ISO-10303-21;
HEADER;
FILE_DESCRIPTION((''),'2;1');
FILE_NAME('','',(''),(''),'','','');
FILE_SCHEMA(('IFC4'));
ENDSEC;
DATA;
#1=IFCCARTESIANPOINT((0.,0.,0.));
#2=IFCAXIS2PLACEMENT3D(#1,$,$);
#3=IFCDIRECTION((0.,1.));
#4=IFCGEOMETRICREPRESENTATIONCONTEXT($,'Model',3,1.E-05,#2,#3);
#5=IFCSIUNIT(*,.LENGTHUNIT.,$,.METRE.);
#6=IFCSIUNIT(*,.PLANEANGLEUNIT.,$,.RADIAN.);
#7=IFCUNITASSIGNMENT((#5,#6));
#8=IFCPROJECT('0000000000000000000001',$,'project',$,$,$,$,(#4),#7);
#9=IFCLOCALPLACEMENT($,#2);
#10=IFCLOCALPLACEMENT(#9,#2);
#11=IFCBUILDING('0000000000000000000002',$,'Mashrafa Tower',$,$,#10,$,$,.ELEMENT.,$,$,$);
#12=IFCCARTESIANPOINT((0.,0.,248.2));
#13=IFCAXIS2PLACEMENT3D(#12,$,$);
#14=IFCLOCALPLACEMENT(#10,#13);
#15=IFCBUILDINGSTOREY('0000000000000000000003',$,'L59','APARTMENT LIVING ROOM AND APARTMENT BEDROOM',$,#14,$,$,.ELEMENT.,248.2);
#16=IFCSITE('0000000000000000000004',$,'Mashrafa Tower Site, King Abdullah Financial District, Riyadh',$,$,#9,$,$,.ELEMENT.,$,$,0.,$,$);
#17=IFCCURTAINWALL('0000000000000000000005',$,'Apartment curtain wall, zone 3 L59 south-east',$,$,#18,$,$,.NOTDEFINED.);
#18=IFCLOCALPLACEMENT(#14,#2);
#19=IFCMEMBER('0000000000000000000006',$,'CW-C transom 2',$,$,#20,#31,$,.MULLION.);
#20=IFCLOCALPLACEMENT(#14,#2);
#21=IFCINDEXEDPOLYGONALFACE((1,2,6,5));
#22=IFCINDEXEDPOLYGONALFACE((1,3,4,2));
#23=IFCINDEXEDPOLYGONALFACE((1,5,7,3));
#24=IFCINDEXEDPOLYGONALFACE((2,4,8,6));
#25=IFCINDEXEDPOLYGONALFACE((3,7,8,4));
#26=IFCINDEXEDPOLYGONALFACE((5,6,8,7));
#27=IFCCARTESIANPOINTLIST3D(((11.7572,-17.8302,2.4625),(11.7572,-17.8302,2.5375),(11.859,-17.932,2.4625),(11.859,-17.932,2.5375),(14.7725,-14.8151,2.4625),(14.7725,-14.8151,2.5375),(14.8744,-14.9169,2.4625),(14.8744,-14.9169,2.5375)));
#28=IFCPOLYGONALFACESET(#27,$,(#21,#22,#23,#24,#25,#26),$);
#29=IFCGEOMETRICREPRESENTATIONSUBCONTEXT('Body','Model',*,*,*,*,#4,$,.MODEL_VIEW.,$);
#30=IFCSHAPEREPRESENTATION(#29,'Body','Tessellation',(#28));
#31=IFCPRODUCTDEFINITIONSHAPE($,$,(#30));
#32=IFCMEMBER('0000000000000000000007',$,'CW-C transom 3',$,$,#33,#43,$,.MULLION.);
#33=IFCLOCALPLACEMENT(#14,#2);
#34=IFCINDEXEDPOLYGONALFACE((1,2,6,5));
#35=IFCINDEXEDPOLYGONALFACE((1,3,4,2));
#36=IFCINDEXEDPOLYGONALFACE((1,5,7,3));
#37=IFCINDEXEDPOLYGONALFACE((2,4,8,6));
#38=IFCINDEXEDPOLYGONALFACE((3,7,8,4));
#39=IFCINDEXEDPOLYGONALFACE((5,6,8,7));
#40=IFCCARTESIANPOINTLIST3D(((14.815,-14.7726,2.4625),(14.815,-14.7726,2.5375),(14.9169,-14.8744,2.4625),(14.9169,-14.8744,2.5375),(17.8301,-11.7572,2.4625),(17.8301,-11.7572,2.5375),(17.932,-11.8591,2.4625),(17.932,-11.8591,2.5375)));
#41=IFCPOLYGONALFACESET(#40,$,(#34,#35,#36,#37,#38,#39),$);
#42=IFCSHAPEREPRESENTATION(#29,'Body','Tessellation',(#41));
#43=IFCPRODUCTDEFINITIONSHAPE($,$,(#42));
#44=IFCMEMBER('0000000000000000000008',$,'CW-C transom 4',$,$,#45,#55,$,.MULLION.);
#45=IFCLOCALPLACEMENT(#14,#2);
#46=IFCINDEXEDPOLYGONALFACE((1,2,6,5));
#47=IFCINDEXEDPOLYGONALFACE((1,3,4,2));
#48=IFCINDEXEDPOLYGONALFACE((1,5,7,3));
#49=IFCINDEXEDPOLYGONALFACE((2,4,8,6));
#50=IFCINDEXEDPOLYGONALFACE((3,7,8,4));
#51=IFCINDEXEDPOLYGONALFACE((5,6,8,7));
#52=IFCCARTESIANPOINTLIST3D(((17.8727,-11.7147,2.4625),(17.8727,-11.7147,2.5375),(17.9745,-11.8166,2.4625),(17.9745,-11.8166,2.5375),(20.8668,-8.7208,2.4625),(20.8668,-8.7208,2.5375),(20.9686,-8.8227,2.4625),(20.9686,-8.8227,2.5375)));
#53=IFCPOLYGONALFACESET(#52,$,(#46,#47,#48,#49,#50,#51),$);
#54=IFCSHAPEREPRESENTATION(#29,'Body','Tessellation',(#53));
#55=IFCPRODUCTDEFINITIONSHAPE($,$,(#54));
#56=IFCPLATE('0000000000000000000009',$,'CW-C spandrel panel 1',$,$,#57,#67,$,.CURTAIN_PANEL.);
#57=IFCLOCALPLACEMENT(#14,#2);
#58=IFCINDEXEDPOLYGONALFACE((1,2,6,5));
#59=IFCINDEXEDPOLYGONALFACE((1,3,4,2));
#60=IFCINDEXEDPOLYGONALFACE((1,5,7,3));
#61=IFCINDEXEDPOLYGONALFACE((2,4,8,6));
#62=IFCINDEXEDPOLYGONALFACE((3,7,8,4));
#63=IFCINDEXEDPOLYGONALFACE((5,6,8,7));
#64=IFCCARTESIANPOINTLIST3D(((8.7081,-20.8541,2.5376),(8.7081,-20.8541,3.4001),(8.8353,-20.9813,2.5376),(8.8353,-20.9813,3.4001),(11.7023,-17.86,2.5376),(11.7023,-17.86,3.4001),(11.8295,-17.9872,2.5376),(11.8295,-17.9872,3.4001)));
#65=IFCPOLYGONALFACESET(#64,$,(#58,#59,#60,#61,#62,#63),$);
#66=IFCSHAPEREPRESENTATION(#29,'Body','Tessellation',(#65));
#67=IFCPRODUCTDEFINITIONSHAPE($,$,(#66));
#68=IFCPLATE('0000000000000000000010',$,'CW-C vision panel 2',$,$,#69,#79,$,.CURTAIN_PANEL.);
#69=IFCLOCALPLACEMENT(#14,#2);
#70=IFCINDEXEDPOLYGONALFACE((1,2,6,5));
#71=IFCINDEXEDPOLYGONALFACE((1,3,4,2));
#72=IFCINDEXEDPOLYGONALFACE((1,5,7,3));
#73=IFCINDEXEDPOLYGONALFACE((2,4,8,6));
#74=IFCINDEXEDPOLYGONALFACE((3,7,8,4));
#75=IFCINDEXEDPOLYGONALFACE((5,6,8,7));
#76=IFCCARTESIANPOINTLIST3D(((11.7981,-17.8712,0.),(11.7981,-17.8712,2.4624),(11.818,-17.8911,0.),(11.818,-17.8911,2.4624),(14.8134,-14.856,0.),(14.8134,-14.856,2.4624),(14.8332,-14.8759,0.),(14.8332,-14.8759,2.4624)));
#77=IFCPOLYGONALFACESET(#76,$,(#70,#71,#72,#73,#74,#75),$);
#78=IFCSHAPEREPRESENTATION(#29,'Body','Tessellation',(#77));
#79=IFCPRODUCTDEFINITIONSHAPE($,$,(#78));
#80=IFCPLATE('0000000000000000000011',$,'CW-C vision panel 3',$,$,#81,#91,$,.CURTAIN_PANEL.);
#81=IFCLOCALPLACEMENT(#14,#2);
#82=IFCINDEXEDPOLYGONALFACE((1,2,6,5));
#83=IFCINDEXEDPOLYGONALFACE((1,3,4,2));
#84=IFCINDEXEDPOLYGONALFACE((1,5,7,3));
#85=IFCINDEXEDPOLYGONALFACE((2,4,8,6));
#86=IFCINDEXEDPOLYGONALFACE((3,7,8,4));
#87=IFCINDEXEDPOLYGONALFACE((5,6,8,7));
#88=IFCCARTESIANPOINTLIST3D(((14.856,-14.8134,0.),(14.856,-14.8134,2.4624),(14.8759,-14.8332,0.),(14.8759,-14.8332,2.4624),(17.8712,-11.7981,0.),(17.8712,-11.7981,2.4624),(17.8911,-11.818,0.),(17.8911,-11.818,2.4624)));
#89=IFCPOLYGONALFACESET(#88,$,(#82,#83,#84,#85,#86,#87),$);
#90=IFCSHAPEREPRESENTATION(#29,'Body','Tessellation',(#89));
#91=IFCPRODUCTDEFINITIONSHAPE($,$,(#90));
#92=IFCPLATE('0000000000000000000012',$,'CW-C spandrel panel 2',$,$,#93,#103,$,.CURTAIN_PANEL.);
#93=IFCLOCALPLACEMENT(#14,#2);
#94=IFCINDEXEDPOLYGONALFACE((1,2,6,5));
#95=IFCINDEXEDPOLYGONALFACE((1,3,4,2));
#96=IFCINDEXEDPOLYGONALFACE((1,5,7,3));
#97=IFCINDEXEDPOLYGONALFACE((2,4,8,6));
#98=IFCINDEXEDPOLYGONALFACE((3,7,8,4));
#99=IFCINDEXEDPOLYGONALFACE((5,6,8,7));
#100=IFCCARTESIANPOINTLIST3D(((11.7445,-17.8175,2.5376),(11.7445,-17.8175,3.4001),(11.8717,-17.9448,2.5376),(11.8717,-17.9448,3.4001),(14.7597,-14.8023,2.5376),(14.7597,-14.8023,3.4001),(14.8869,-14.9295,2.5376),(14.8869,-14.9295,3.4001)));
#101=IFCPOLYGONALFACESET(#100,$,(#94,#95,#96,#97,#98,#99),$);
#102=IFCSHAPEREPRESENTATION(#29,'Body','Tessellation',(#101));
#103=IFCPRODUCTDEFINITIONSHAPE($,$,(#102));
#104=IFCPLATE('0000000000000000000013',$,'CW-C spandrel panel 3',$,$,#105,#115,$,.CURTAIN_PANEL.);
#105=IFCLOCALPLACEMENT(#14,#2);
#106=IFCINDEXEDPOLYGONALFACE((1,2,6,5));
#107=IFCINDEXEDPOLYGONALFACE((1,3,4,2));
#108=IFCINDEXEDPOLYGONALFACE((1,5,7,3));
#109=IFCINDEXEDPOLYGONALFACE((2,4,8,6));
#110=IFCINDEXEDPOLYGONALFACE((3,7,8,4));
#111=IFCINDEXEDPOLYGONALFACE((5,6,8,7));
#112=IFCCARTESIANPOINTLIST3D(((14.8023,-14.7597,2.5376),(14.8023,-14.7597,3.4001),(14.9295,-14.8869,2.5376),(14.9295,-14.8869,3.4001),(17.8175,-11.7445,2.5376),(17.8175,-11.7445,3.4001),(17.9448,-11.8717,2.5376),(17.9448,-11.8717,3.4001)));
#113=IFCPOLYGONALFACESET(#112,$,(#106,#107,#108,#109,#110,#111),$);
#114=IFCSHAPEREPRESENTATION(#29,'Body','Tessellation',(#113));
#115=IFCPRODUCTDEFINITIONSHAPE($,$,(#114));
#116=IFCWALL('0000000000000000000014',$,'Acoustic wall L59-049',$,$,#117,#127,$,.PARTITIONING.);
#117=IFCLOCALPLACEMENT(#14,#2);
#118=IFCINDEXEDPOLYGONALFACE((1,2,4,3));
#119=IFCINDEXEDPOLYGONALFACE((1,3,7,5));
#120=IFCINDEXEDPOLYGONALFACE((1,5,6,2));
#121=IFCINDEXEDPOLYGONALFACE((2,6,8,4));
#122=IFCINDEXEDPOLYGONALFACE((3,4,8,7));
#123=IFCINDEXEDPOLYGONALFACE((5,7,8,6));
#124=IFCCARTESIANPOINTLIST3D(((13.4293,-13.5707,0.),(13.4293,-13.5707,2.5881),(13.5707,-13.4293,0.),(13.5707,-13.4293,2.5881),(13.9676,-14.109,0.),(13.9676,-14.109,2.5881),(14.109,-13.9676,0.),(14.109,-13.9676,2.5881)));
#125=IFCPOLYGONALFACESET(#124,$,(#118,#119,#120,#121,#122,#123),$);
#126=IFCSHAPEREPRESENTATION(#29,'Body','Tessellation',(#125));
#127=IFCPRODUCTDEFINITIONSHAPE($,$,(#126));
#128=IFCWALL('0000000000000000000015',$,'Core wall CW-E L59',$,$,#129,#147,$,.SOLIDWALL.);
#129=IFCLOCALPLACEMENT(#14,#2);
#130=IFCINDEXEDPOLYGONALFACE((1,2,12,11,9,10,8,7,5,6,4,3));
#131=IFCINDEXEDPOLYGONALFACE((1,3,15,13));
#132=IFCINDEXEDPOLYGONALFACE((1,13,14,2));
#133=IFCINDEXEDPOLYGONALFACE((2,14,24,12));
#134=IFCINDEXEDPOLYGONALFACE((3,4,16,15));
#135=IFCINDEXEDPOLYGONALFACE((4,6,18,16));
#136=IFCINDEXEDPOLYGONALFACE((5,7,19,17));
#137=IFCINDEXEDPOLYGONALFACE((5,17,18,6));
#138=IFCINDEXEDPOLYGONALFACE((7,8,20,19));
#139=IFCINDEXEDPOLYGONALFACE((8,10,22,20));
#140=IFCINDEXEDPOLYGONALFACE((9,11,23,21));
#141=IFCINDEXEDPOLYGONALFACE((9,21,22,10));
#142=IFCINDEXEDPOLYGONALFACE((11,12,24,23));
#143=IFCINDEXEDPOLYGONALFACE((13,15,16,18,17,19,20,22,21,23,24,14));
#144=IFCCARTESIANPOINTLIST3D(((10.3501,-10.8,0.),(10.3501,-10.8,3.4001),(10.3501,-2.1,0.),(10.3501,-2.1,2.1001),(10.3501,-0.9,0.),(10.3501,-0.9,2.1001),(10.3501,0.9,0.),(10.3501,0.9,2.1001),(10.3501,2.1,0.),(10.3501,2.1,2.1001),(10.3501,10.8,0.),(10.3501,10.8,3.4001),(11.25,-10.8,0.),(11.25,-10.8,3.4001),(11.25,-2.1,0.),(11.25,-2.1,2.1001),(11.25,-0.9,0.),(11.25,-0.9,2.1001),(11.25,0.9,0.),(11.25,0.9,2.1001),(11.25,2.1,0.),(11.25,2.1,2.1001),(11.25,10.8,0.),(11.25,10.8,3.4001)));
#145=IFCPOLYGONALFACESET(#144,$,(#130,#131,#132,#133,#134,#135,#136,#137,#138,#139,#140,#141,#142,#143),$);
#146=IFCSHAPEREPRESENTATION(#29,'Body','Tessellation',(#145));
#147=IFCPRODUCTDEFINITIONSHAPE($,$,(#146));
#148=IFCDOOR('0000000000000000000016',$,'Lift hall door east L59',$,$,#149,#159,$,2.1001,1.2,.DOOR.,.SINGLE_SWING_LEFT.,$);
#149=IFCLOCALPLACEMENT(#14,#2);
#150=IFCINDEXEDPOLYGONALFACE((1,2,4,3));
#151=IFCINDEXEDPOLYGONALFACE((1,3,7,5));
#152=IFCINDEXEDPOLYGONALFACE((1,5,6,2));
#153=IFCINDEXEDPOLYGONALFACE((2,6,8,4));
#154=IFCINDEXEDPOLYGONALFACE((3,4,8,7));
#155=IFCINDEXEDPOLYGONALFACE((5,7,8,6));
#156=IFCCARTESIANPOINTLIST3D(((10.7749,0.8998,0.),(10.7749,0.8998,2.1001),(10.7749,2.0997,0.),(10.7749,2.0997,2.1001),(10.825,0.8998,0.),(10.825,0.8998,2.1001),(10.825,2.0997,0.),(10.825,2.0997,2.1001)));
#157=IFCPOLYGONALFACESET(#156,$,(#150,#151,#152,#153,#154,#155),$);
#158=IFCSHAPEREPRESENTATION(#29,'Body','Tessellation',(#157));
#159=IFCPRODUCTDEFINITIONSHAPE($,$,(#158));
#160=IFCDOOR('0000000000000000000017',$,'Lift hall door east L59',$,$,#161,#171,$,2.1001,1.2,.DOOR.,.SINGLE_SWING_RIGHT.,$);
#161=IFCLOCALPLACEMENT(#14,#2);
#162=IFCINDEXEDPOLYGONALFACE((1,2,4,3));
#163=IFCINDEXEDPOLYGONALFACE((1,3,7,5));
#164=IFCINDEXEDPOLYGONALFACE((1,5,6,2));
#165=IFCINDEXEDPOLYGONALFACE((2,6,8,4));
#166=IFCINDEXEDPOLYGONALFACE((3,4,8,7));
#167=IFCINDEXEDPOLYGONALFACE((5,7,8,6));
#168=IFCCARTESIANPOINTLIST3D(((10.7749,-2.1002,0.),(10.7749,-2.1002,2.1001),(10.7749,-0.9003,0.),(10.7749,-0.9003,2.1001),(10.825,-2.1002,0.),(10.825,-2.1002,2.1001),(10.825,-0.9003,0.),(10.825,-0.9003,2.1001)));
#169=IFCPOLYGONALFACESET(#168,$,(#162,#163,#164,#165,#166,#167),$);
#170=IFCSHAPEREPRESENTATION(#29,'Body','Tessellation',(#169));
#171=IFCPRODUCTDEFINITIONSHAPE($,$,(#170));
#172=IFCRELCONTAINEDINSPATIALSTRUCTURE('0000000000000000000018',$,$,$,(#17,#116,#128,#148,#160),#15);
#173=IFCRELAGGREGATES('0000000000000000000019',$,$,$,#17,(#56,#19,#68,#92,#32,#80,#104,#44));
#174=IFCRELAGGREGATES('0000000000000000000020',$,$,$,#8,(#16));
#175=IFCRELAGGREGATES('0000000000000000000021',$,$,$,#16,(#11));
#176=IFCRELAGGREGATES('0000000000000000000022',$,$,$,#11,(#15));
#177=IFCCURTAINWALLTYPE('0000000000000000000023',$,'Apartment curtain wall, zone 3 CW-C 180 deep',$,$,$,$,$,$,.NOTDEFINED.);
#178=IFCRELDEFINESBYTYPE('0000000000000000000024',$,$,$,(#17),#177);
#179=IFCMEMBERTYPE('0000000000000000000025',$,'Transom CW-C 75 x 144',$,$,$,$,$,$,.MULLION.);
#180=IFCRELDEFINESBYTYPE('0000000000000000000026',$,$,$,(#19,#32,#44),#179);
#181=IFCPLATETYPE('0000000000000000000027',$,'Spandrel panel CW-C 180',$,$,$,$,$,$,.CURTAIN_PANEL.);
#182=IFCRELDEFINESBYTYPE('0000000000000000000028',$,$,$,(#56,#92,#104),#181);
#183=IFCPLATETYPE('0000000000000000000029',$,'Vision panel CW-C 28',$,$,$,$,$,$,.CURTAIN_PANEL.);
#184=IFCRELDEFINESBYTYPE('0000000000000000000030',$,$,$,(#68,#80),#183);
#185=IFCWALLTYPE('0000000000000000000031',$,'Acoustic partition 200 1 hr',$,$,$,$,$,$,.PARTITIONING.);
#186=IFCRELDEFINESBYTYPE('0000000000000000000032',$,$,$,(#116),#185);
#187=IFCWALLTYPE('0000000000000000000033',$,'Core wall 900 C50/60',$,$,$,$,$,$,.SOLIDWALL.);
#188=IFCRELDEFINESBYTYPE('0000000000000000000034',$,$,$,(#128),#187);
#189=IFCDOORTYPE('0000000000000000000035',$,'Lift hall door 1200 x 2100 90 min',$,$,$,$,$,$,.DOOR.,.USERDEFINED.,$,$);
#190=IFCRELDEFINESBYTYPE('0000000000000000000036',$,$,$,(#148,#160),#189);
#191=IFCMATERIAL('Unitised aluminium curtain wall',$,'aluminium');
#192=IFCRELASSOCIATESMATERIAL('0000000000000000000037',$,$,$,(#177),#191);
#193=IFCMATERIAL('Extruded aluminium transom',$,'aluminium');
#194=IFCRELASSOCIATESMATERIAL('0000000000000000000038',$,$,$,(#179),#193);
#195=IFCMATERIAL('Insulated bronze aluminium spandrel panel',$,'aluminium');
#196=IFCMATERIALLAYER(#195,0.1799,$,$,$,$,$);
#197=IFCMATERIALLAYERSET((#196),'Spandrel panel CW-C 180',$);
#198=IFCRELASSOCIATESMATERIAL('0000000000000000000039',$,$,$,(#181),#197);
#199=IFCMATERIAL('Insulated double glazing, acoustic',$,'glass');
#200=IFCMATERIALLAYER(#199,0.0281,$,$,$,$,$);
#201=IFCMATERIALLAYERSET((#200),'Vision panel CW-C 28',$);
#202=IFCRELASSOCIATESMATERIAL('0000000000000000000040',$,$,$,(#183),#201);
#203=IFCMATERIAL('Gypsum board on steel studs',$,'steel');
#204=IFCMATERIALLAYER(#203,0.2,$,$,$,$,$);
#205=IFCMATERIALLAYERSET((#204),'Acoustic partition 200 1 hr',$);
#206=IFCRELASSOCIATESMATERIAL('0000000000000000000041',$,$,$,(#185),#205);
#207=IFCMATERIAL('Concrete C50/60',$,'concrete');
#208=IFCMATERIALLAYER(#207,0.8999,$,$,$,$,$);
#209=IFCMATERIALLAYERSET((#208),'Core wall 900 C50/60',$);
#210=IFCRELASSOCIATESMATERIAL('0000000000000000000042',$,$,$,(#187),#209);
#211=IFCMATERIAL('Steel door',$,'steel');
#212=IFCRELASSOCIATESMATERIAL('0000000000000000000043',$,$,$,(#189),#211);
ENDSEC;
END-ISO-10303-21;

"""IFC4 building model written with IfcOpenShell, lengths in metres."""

from ifc_helpers import new_model, si_unit, direction, frame, frame_2d, origin, origin_2d, place, context, subcontext, project, spatial, rectangle, extrude, source, transform, mapped, material, layer, layer_set, material_profile, profile_set, type_object, type_shapes, element, fill, aggregate, save


model = new_model("IFC4")

# Units and contexts
model_context = context("Model", 3, precision=1e-05, world=origin(), true_north=direction((0.0, 1.0)))
body_context = subcontext(model_context, "Body", "Model", "MODEL_VIEW")
ifc_project = project(units=[si_unit("LENGTHUNIT", "METRE"), si_unit("PLANEANGLEUNIT", "RADIAN")], contexts=[model_context])

# Site, building, storey
site_placement = place(None, origin())
site = spatial("IfcSite", under=ifc_project, at=site_placement, Name="Mashrafa Tower Site, King Abdullah Financial District, Riyadh", CompositionType="ELEMENT", RefElevation=0.0)
building_placement = place(site_placement, origin())
building = spatial("IfcBuilding", under=site, at=building_placement, Name="Mashrafa Tower", CompositionType="ELEMENT")
storey_placement = place(building_placement, frame((0.0, 0.0, 248.2)))
storey = spatial("IfcBuildingStorey", under=building, at=storey_placement, Name="L59", Description="APARTMENT LIVING ROOM AND APARTMENT BEDROOM", CompositionType="ELEMENT", Elevation=248.2)

# Curtain wall, members, plates
ifc_material_1 = material(Name="Unitised aluminium curtain wall", Category="aluminium")
curtain_wall_type = type_object("IfcCurtainWallType", Name="Apartment curtain wall, zone 3 CW-C 180 deep", PredefinedType="NOTDEFINED", material=ifc_material_1)
curtain_wall_placement = place(storey_placement, origin())
curtain_wall = element("IfcCurtainWall", 1, at=curtain_wall_placement, inside=storey, type_object=curtain_wall_type, Name="Apartment curtain wall, zone 3 L59 south-east", PredefinedType="NOTDEFINED")
ifc_material_2 = material(Name="Extruded aluminium transom", Category="aluminium")
ifc_material_profile_1 = material_profile(ifc_material_2, rectangle(XDim=0.144, YDim=0.075, at=origin_2d()), Name="Transom 75x144")
ifc_profile_set_1 = profile_set([ifc_material_profile_1], Name="Extruded aluminium transom")
member_type_1 = type_object("IfcMemberType", Name="Transom CW-C 75 x 144", PredefinedType="MULLION", material=ifc_profile_set_1)
shared_shape_1 = source(origin(), body_context, "Body", "SweptSolid", [
    extrude(rectangle(XDim=0.144, YDim=0.075, at=origin_2d()), origin(), (0.0, 0.0, 1.0), 4.2642),
])
member_1_placement = place(storey_placement, frame((11.8081, -17.8811, 2.5), z_axis=(0.707135, 0.707078, 0.0), x_axis=(-0.707078, 0.707135, 0.0)))
member_1 = element("IfcMember", 2, at=member_1_placement, type_object=member_type_1, Name="CW-C transom 2", PredefinedType="MULLION", context=body_context, shape_type="MappedRepresentation", body=[
    mapped(shared_shape_1, transform((0.0, 0.0, 0.0))),
])
member_2_placement = place(storey_placement, frame((14.866, -14.8235, 2.5), z_axis=(0.707078, 0.707135, 0.0), x_axis=(-0.707135, 0.707078, 0.0)))
member_2 = element("IfcMember", 3, at=member_2_placement, type_object=member_type_1, Name="CW-C transom 3", PredefinedType="MULLION", context=body_context, shape_type="MappedRepresentation", body=[
    mapped(shared_shape_1, transform((0.0, 0.0, 0.0))),
])
shared_shape_2 = source(origin(), body_context, "Body", "SweptSolid", [
    extrude(rectangle(XDim=0.144, YDim=0.075, at=origin_2d()), origin(), (0.0, 0.0, 1.0), 4.2341),
])
type_shapes(member_type_1, [shared_shape_1, shared_shape_2])
member_3_placement = place(storey_placement, frame((17.9236, -11.7656, 2.5), z_axis=(0.707136, 0.707078, 0.0), x_axis=(-0.707078, 0.707136, 0.0)))
member_3 = element("IfcMember", 4, at=member_3_placement, type_object=member_type_1, Name="CW-C transom 4", PredefinedType="MULLION", context=body_context, shape_type="MappedRepresentation", body=[
    mapped(shared_shape_2, transform((0.0, 0.0, 0.0))),
])
ifc_material_3 = material(Name="Insulated bronze aluminium spandrel panel", Category="aluminium")
ifc_layer_1 = layer(ifc_material_3, 0.1799)
ifc_layer_set_1 = layer_set([ifc_layer_1], Name="Spandrel panel CW-C 180")
plate_type_1 = type_object("IfcPlateType", Name="Spandrel panel CW-C 180", PredefinedType="CURTAIN_PANEL", material=ifc_layer_set_1)
shared_shape_3 = source(origin(), body_context, "Body", "SweptSolid", [
    extrude(rectangle(XDim=4.2344, YDim=0.1799, at=origin_2d()), origin(), (0.0, 0.0, 1.0), 0.8625),
])
plate_1_placement = place(storey_placement, frame((10.2688, -19.4207, 2.5376), z_axis=(0.0, 0.0, 1.0), x_axis=(0.707107, 0.707107, 0.0)))
plate_1 = element("IfcPlate", 5, at=plate_1_placement, type_object=plate_type_1, Name="CW-C spandrel panel 1", PredefinedType="CURTAIN_PANEL", context=body_context, shape_type="MappedRepresentation", body=[
    mapped(shared_shape_3, transform((0.0, 0.0, 0.0))),
])
ifc_material_4 = material(Name="Insulated double glazing, acoustic", Category="glass")
ifc_layer_2 = layer(ifc_material_4, 0.0281)
ifc_layer_set_2 = layer_set([ifc_layer_2], Name="Vision panel CW-C 28")
plate_type_2 = type_object("IfcPlateType", Name="Vision panel CW-C 28", PredefinedType="CURTAIN_PANEL", material=ifc_layer_set_2)
shared_shape_4 = source(origin(), body_context, "Body", "SweptSolid", [
    extrude(rectangle(XDim=4.2642, YDim=0.0281, at=origin_2d()), origin(), (0.0, 0.0, 1.0), 2.4624),
])
type_shapes(plate_type_2, [shared_shape_4])
plate_2_placement = place(storey_placement, frame((13.3157, -16.3735, 0.0), z_axis=(0.0, 0.0, 1.0), x_axis=(0.707107, 0.707107, 0.0)))
plate_2 = element("IfcPlate", 6, at=plate_2_placement, type_object=plate_type_2, Name="CW-C vision panel 2", PredefinedType="CURTAIN_PANEL", context=body_context, shape_type="MappedRepresentation", body=[
    mapped(shared_shape_4, transform((0.0, 0.0, 0.0))),
])
plate_3_placement = place(storey_placement, frame((16.3735, -13.3157, 0.0), z_axis=(0.0, 0.0, 1.0), x_axis=(0.707107, 0.707107, 0.0)))
plate_3 = element("IfcPlate", 7, at=plate_3_placement, type_object=plate_type_2, Name="CW-C vision panel 3", PredefinedType="CURTAIN_PANEL", context=body_context, shape_type="MappedRepresentation", body=[
    mapped(shared_shape_4, transform((0.0, 0.0, 0.0))),
])
shared_shape_5 = source(origin(), body_context, "Body", "SweptSolid", [
    extrude(rectangle(XDim=4.2642, YDim=0.1799, at=origin_2d()), origin(), (0.0, 0.0, 1.0), 0.8625),
])
type_shapes(plate_type_1, [shared_shape_3, shared_shape_5])
plate_4_placement = place(storey_placement, frame((13.3157, -16.3735, 2.5376), z_axis=(0.0, 0.0, 1.0), x_axis=(0.707107, 0.707107, 0.0)))
plate_4 = element("IfcPlate", 8, at=plate_4_placement, type_object=plate_type_1, Name="CW-C spandrel panel 2", PredefinedType="CURTAIN_PANEL", context=body_context, shape_type="MappedRepresentation", body=[
    mapped(shared_shape_5, transform((0.0, 0.0, 0.0))),
])
plate_5_placement = place(storey_placement, frame((16.3735, -13.3157, 2.5376), z_axis=(0.0, 0.0, 1.0), x_axis=(0.707107, 0.707107, 0.0)))
plate_5 = element("IfcPlate", 9, at=plate_5_placement, type_object=plate_type_1, Name="CW-C spandrel panel 3", PredefinedType="CURTAIN_PANEL", context=body_context, shape_type="MappedRepresentation", body=[
    mapped(shared_shape_5, transform((0.0, 0.0, 0.0))),
])
aggregate(curtain_wall, [plate_1, member_1, plate_2, plate_4, member_2, plate_3, plate_5, member_3])

# Wall
ifc_material_5 = material(Name="Gypsum board on steel studs", Category="steel")
ifc_layer_3 = layer(ifc_material_5, 0.2)
ifc_layer_set_3 = layer_set([ifc_layer_3], Name="Acoustic partition 200 1 hr")
wall_type_1 = type_object("IfcWallType", Name="Acoustic partition 200 1 hr", PredefinedType="PARTITIONING", material=ifc_layer_set_3)
wall_1_placement = place(storey_placement, frame((13.5, -13.5, 0.0), z_axis=(0.0, 0.0, 1.0), x_axis=(0.707107, -0.707107, 0.0)))
element("IfcWall", 10, at=wall_1_placement, inside=storey, type_object=wall_type_1, Name="Acoustic wall L59-049", PredefinedType="PARTITIONING", context=body_context, shape_type="SweptSolid", body=[
    extrude(rectangle(XDim=0.7612, YDim=0.2, at=frame_2d((0.3806, 0.0))), origin(), (0.0, 0.0, 1.0), 2.5881),
])

# Wall, openings, doors
ifc_material_6 = material(Name="Concrete C50/60", Category="concrete")
ifc_layer_4 = layer(ifc_material_6, 0.8999)
ifc_layer_set_4 = layer_set([ifc_layer_4], Name="Core wall 900 C50/60")
wall_type_2 = type_object("IfcWallType", Name="Core wall 900 C50/60", PredefinedType="SOLIDWALL", material=ifc_layer_set_4)
wall_2_placement = place(storey_placement, frame((10.8, -10.8, 0.0), z_axis=(0.0, 0.0, 1.0), x_axis=(0.0, 1.0, 0.0)))
wall_2 = element("IfcWall", 11, at=wall_2_placement, inside=storey, type_object=wall_type_2, Name="Core wall CW-E L59", PredefinedType="SOLIDWALL", context=body_context, shape_type="SweptSolid", body=[
    extrude(rectangle(XDim=21.6001, YDim=0.8999, at=frame_2d((10.8, 0.0))), origin(), (0.0, 0.0, 1.0), 3.4001),
])
opening_1_placement = place(wall_2_placement, frame((11.7, 0.0, 0.0)))
opening_1 = element("IfcOpeningElement", 12, at=opening_1_placement, cuts=wall_2, PredefinedType="OPENING", context=body_context, shape_type="SweptSolid", body=[
    extrude(rectangle(XDim=1.2, YDim=2.1001, at=frame_2d((0.6001, 1.05))), frame((0.0, 0.46, 0.0), z_axis=(0.0, -1.0, 0.0), x_axis=(1.0, 0.0, 0.0)), (0.0, 0.0, 1.0), 0.9199),
])
opening_2_placement = place(wall_2_placement, frame((8.7, 0.0, 0.0)))
opening_2 = element("IfcOpeningElement", 13, at=opening_2_placement, cuts=wall_2, PredefinedType="OPENING", context=body_context, shape_type="SweptSolid", body=[
    extrude(rectangle(XDim=1.2, YDim=2.1001, at=frame_2d((0.6001, 1.05))), frame((0.0, 0.46, 0.0), z_axis=(0.0, -1.0, 0.0), x_axis=(1.0, 0.0, 0.0)), (0.0, 0.0, 1.0), 0.9199),
])
ifc_material_7 = material(Name="Steel door", Category="steel")
door_type_1 = type_object("IfcDoorType", Name="Lift hall door 1200 x 2100 90 min", OperationType="USERDEFINED", PredefinedType="DOOR", material=ifc_material_7)
door_1_placement = place(opening_1_placement, frame((1.2, 0.0, 0.0), z_axis=(0.0, 0.0, 1.0), x_axis=(-1.0, 0.0, 0.0)))
door_1 = element("IfcDoor", 14, at=door_1_placement, inside=storey, type_object=door_type_1, Name="Lift hall door east L59", OperationType="SINGLE_SWING_LEFT", OverallHeight=2.1001, OverallWidth=1.2, PredefinedType="DOOR", context=body_context, shape_type="SweptSolid", body=[
    extrude(rectangle(XDim=1.2, YDim=2.1001, at=frame_2d((0.6001, 1.05))), frame((0.0, 0.0249, 0.0), z_axis=(0.0, -1.0, 0.0), x_axis=(1.0, 0.0, 0.0)), (0.0, 0.0, 1.0), 0.05),
])
fill(opening_1, door_1)
door_2_placement = place(opening_2_placement, frame((1.2, 0.0, 0.0), z_axis=(0.0, 0.0, 1.0), x_axis=(-1.0, 0.0, 0.0)))
door_2 = element("IfcDoor", 15, at=door_2_placement, inside=storey, type_object=door_type_1, Name="Lift hall door east L59", OperationType="SINGLE_SWING_RIGHT", OverallHeight=2.1001, OverallWidth=1.2, PredefinedType="DOOR", context=body_context, shape_type="SweptSolid", body=[
    extrude(rectangle(XDim=1.2, YDim=2.1001, at=frame_2d((0.6001, 1.05))), frame((0.0, 0.0249, 0.0), z_axis=(0.0, -1.0, 0.0), x_axis=(1.0, 0.0, 0.0)), (0.0, 0.0, 1.0), 0.05),
])
fill(opening_2, door_2)

save(model, "model.ifc")
